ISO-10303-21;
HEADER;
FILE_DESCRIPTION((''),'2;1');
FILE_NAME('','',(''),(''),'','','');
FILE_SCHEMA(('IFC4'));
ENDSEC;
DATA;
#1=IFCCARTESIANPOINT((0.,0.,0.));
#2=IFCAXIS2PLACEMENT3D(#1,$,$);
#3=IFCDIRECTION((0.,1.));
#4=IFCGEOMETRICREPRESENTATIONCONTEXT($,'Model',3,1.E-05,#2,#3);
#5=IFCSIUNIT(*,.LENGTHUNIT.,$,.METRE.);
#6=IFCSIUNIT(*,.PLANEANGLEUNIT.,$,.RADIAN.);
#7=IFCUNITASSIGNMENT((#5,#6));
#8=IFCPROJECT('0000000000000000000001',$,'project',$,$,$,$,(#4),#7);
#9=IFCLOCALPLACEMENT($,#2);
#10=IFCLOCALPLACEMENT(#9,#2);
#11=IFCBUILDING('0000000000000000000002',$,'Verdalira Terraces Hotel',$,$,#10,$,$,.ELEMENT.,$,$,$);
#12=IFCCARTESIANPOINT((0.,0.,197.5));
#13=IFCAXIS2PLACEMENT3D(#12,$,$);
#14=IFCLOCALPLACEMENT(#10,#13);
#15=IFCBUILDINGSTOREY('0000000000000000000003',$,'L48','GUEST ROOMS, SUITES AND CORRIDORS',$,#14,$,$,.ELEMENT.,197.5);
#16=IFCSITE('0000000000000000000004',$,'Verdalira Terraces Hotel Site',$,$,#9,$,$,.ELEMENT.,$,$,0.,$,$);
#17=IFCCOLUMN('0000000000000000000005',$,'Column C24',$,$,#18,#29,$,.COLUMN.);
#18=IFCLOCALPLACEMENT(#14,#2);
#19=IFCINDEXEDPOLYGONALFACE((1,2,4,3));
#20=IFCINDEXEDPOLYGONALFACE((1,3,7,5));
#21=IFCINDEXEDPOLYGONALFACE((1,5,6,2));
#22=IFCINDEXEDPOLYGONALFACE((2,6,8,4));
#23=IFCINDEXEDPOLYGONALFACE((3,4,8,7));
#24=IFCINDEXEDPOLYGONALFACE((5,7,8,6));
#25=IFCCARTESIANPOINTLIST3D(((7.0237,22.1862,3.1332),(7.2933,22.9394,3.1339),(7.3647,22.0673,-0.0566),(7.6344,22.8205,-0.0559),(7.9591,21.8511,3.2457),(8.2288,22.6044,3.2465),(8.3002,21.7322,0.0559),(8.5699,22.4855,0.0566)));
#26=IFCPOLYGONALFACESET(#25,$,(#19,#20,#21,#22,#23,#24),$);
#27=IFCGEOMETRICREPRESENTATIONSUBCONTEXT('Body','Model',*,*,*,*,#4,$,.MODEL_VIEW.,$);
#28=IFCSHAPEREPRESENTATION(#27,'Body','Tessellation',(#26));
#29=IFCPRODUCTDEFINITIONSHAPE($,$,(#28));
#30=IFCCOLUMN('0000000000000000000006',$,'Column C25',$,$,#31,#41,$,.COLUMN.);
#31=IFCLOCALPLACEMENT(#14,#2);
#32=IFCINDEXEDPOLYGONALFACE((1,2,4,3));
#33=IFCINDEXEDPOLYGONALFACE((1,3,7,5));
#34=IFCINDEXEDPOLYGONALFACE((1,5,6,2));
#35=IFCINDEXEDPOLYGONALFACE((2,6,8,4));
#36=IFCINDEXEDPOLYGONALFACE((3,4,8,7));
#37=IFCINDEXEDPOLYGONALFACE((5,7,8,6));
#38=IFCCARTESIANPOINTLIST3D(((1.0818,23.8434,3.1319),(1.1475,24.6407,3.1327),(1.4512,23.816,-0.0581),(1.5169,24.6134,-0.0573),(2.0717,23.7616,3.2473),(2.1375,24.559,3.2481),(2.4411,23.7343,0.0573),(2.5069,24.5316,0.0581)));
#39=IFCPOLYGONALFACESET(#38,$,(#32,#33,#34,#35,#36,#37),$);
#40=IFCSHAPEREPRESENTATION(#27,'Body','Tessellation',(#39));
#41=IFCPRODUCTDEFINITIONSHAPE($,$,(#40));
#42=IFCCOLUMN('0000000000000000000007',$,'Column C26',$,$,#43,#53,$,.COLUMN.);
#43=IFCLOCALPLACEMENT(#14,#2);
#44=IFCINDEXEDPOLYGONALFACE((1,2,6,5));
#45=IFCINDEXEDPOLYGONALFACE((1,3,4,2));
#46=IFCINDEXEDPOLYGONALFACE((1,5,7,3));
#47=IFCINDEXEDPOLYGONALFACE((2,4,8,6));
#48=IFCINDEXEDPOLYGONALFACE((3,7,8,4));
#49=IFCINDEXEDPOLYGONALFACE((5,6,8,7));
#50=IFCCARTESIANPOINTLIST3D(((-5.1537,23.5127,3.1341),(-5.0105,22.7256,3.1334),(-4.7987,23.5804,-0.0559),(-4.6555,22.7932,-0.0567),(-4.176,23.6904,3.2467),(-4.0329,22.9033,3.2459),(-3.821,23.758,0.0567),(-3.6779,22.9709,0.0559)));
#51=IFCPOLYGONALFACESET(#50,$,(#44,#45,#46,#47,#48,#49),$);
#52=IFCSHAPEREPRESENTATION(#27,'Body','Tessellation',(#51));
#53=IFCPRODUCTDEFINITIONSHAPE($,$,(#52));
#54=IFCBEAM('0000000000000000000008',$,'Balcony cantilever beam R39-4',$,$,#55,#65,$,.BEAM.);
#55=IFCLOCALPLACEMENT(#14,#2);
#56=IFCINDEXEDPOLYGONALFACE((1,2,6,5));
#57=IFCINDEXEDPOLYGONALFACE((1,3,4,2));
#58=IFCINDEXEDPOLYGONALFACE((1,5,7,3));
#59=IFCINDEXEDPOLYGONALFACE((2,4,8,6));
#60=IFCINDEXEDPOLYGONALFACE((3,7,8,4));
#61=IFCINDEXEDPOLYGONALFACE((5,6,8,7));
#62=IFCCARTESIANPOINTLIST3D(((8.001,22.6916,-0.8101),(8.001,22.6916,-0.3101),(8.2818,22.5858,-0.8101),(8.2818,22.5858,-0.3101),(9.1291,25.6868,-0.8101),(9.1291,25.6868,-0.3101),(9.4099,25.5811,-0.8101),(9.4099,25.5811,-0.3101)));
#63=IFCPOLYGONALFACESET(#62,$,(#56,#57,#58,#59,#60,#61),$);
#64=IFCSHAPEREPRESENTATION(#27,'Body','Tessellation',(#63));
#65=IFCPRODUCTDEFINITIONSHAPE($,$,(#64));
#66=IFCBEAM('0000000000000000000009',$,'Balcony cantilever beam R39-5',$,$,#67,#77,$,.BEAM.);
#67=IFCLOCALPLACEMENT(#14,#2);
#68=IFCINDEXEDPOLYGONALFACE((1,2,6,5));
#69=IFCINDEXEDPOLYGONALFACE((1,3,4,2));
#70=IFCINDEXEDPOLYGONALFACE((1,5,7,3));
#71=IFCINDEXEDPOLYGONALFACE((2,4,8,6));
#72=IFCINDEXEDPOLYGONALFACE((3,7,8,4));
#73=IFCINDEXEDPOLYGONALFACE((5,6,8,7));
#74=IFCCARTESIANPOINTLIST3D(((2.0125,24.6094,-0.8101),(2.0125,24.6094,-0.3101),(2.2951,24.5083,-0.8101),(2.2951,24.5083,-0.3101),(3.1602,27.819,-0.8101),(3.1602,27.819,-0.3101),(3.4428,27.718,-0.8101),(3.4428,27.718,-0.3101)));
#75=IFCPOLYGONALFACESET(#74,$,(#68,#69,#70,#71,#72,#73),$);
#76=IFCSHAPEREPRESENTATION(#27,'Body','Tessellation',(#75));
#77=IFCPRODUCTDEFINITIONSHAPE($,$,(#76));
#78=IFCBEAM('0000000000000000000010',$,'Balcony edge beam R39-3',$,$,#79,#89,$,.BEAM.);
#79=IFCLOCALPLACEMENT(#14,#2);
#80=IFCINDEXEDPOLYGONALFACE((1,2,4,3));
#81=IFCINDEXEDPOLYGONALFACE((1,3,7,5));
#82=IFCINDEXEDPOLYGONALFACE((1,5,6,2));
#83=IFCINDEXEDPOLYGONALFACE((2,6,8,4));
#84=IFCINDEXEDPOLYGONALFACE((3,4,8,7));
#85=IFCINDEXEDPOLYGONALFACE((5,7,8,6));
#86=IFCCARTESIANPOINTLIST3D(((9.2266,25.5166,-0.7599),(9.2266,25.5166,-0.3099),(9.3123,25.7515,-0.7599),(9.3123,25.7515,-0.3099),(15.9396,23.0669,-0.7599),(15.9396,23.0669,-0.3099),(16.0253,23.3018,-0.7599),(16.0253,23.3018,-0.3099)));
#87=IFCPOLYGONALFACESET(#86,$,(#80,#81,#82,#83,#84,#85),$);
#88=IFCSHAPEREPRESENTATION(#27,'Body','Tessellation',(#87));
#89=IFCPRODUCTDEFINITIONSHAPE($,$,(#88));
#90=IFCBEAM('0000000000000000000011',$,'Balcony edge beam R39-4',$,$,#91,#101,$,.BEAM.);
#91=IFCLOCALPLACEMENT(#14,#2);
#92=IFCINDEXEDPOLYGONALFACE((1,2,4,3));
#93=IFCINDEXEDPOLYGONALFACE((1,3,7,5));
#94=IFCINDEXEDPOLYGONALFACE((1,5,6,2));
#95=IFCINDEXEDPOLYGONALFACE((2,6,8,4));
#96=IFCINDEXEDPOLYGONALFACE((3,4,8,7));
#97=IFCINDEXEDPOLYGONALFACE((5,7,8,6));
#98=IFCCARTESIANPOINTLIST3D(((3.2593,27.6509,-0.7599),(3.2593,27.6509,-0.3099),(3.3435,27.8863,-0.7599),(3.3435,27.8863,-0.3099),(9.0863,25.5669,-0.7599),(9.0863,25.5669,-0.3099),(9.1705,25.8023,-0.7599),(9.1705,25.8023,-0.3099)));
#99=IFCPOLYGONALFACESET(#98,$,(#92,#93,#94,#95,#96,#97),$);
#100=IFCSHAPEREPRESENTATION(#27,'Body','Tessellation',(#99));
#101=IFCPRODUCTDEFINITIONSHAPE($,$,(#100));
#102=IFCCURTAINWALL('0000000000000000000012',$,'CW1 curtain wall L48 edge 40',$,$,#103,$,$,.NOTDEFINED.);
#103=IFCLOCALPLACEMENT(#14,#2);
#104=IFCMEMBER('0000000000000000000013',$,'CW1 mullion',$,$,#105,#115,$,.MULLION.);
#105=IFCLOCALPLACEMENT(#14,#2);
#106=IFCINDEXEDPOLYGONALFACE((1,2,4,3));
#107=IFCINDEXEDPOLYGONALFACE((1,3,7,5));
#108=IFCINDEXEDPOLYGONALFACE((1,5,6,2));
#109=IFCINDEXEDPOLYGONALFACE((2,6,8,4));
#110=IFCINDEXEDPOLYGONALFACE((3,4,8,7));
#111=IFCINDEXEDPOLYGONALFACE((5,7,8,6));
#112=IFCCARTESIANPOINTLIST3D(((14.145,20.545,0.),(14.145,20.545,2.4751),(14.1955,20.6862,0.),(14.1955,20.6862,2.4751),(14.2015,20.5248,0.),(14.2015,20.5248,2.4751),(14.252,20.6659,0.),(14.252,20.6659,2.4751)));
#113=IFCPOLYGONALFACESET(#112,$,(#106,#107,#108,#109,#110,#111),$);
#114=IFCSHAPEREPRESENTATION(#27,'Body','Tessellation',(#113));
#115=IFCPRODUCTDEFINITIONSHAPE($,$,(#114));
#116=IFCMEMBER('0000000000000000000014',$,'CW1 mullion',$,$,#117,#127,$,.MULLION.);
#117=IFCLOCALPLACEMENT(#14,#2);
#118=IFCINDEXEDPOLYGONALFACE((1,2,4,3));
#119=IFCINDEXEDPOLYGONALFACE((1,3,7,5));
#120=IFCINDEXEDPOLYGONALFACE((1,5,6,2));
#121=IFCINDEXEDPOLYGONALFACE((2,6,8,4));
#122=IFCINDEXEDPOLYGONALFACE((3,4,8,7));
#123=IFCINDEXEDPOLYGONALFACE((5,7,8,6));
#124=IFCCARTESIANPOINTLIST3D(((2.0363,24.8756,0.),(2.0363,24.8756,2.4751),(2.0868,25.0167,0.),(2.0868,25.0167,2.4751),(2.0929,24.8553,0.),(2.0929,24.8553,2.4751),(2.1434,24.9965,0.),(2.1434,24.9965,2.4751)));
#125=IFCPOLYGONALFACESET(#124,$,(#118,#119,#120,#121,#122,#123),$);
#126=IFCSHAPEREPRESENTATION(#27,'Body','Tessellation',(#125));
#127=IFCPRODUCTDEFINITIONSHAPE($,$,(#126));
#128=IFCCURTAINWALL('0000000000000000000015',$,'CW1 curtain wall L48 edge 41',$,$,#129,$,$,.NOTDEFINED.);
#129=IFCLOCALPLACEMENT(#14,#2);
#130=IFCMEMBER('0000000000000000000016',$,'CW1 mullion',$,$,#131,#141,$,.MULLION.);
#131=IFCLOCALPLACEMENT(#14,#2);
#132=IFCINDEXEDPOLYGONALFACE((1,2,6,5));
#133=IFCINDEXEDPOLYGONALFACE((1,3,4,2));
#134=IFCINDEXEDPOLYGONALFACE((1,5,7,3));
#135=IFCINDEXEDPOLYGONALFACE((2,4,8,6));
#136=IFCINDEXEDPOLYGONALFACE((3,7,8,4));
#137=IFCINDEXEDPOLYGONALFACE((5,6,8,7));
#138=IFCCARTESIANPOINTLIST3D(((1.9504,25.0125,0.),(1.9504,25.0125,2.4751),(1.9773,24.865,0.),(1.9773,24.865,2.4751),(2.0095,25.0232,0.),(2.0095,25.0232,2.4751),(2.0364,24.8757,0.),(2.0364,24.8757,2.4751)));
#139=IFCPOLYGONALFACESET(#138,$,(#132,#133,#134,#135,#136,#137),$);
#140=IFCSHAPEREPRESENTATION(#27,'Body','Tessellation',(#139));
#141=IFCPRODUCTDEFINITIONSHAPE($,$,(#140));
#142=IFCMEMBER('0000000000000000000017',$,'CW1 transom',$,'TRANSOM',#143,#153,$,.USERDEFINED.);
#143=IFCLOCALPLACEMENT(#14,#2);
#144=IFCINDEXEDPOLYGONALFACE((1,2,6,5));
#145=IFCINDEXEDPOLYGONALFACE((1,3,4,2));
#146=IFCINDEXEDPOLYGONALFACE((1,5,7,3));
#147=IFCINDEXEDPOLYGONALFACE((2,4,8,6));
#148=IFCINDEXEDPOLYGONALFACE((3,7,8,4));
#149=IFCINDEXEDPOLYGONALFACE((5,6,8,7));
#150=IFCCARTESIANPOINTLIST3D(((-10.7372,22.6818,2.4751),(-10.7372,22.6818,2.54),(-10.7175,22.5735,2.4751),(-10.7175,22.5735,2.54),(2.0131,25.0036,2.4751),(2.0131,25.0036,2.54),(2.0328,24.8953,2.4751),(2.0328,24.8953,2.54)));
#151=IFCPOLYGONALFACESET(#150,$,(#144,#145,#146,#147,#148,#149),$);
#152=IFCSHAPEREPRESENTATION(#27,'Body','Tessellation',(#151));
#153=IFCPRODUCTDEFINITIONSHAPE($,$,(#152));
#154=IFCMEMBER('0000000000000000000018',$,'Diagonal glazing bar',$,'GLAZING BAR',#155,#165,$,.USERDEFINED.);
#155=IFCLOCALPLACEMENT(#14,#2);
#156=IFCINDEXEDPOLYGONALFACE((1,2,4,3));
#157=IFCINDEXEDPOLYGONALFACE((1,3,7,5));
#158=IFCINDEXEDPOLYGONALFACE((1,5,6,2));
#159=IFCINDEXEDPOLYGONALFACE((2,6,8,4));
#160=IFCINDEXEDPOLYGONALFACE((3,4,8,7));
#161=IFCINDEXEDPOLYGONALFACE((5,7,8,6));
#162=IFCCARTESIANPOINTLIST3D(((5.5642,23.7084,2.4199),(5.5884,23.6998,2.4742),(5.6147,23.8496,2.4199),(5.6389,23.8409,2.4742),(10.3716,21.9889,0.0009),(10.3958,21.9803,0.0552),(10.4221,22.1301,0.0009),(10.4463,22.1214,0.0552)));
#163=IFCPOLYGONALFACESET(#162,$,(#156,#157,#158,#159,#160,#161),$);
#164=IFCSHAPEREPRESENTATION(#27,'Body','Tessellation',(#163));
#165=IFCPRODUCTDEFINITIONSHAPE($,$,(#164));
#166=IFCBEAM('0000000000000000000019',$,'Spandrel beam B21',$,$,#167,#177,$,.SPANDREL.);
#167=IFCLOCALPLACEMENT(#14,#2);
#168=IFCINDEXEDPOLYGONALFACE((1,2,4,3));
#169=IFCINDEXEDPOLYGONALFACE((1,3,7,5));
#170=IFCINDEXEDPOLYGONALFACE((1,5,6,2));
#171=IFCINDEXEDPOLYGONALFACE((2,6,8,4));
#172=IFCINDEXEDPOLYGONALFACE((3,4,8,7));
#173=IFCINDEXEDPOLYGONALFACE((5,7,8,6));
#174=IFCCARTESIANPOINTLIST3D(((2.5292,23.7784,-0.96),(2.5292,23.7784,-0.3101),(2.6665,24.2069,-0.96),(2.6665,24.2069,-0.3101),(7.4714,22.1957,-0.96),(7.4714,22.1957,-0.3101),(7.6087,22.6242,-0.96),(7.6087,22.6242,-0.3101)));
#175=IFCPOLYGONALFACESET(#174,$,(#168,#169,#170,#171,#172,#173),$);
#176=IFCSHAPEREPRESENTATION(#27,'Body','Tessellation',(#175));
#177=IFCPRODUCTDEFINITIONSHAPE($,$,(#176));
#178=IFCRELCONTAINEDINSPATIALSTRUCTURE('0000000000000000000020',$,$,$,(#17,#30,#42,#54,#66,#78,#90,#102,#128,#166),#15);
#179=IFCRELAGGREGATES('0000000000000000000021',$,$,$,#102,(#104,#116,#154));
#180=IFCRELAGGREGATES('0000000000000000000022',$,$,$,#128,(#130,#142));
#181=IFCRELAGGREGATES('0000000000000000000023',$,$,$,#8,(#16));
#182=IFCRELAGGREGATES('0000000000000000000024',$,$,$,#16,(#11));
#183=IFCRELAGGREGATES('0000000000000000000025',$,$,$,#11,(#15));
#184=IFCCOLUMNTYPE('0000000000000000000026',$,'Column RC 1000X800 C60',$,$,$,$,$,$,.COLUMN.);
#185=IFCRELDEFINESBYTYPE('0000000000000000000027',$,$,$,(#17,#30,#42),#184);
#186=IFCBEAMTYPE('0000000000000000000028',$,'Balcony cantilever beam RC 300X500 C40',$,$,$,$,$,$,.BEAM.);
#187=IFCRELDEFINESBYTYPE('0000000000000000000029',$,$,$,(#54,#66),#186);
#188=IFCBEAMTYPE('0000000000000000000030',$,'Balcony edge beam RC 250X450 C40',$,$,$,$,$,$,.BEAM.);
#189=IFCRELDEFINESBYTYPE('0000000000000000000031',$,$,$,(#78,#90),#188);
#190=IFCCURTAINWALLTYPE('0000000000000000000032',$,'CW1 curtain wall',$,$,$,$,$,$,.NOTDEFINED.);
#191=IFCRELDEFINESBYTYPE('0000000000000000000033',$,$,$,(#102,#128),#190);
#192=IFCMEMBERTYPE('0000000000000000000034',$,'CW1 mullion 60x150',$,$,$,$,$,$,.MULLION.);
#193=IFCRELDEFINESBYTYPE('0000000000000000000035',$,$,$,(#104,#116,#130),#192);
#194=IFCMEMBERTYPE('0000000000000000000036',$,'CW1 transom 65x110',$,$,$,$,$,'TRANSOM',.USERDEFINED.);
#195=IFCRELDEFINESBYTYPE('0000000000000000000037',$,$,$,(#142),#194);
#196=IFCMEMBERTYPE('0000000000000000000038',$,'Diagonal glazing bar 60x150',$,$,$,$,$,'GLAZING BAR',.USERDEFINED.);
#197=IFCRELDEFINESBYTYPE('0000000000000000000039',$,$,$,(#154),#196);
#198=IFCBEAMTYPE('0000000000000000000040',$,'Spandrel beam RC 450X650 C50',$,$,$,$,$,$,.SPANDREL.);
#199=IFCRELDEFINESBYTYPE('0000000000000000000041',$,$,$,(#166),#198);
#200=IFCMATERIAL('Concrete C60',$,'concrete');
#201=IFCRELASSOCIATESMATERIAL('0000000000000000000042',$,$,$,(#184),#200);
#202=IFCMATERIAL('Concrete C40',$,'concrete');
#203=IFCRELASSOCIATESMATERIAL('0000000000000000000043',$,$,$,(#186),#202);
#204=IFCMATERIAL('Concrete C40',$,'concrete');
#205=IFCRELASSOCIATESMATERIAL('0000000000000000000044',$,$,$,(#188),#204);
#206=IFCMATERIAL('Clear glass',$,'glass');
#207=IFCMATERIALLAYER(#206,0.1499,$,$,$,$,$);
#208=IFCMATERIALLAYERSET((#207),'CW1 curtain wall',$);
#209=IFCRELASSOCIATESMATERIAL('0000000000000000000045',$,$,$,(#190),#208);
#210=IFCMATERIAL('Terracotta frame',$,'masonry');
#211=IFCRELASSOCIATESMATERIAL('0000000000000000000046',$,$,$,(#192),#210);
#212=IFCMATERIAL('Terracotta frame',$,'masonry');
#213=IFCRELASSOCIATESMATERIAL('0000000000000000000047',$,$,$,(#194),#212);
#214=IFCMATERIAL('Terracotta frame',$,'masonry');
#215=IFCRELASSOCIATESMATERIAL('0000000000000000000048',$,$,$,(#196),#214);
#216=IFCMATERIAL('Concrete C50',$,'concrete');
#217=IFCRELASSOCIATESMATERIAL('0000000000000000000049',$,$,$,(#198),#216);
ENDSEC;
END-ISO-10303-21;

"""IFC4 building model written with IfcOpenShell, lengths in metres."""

from ifc_helpers import new_model, si_unit, direction, frame, origin, origin_2d, place, context, subcontext, project, spatial, rectangle, extrude, material, layer, layer_set, material_profile, profile_set, type_object, element, aggregate, save


model = new_model("IFC4")

# Units and contexts
model_context = context("Model", 3, precision=1e-05, world=origin(), true_north=direction((0.0, 1.0)))
body_context = subcontext(model_context, "Body", "Model", "MODEL_VIEW")
ifc_project = project(units=[si_unit("LENGTHUNIT", "METRE"), si_unit("PLANEANGLEUNIT", "RADIAN")], contexts=[model_context])

# Site, building, storey
site_placement = place(None, origin())
site = spatial("IfcSite", under=ifc_project, at=site_placement, Name="Verdalira Terraces Hotel Site", CompositionType="ELEMENT", RefElevation=0.0)
building_placement = place(site_placement, origin())
building = spatial("IfcBuilding", under=site, at=building_placement, Name="Verdalira Terraces Hotel", CompositionType="ELEMENT")
storey_placement = place(building_placement, frame((0.0, 0.0, 197.5)))
storey = spatial("IfcBuildingStorey", under=building, at=storey_placement, Name="L48", Description="GUEST ROOMS, SUITES AND CORRIDORS", CompositionType="ELEMENT", Elevation=197.5)

# Columns
ifc_material_1 = material(Name="Concrete C60", Category="concrete")
ifc_material_profile_1 = material_profile(ifc_material_1, rectangle(XDim=1.0, YDim=0.8, at=origin_2d()), Name="RC 1000X800")
ifc_profile_set_1 = profile_set([ifc_material_profile_1], Name="Concrete C60")
column_type = type_object("IfcColumnType", Name="Column RC 1000X800 C60", PredefinedType="COLUMN", material=ifc_profile_set_1)
column_1_placement = place(storey_placement, frame((7.9673, 22.2764, 0.0), z_axis=(-0.10624, 0.037036, 0.993651), x_axis=(-0.935464, 0.335036, -0.112506)))
element("IfcColumn", 1, at=column_1_placement, inside=storey, type_object=column_type, Name="Column C24", PredefinedType="COLUMN", context=body_context, shape_type="SweptSolid", body=[
    extrude(rectangle(XDim=1.0, YDim=0.8, at=origin_2d()), origin(), (0.0, 0.0, 1.0), 3.2102),
])
column_2_placement = place(storey_placement, frame((1.979, 24.1738, 0.0), z_axis=(-0.115024, 0.008515, 0.993326), x_axis=(0.989958, -0.081738, 0.115335)))
element("IfcColumn", 2, at=column_2_placement, inside=storey, type_object=column_type, Name="Column C25", PredefinedType="COLUMN", context=body_context, shape_type="SweptSolid", body=[
    extrude(rectangle(XDim=1.0, YDim=0.8, at=origin_2d()), origin(), (0.0, 0.0, 1.0), 3.2114),
])
column_3_placement = place(storey_placement, frame((-4.2383, 23.2756, 0.0), z_axis=(-0.110574, -0.021065, 0.993645), x_axis=(-0.977633, -0.177665, -0.112559)))
element("IfcColumn", 3, at=column_3_placement, inside=storey, type_object=column_type, Name="Column C26", PredefinedType="COLUMN", context=body_context, shape_type="SweptSolid", body=[
    extrude(rectangle(XDim=1.0, YDim=0.8, at=origin_2d()), origin(), (0.0, 0.0, 1.0), 3.2104),
])

# Beams
ifc_material_2 = material(Name="Concrete C40", Category="concrete")
ifc_material_profile_2 = material_profile(ifc_material_2, rectangle(XDim=0.3, YDim=0.5, at=origin_2d()), Name="RC 300X500")
ifc_profile_set_2 = profile_set([ifc_material_profile_2], Name="Concrete C40")
beam_type_1 = type_object("IfcBeamType", Name="Balcony cantilever beam RC 300X500 C40", PredefinedType="BEAM", material=ifc_profile_set_2)
beam_1_placement = place(storey_placement, frame((8.1414, 22.6387, -0.5601), z_axis=(0.352469, 0.935824, 0.0), x_axis=(-0.935824, 0.352469, 0.0)))
element("IfcBeam", 4, at=beam_1_placement, inside=storey, type_object=beam_type_1, Name="Balcony cantilever beam R39-4", PredefinedType="BEAM", context=body_context, shape_type="SweptSolid", body=[
    extrude(rectangle(XDim=0.3, YDim=0.5, at=origin_2d()), origin(), (0.0, 0.0, 1.0), 3.2007),
])
beam_2_placement = place(storey_placement, frame((2.1538, 24.5588, -0.5601), z_axis=(0.336695, 0.941614, 0.0), x_axis=(-0.941614, 0.336695, 0.0)))
element("IfcBeam", 5, at=beam_2_placement, inside=storey, type_object=beam_type_1, Name="Balcony cantilever beam R39-5", PredefinedType="BEAM", context=body_context, shape_type="SweptSolid", body=[
    extrude(rectangle(XDim=0.3, YDim=0.5, at=origin_2d()), origin(), (0.0, 0.0, 1.0), 3.4087),
])
ifc_material_3 = material(Name="Concrete C40", Category="concrete")
ifc_material_profile_3 = material_profile(ifc_material_3, rectangle(XDim=0.25, YDim=0.45, at=origin_2d()), Name="RC 250X450")
ifc_profile_set_3 = profile_set([ifc_material_profile_3], Name="Concrete C40")
beam_type_2 = type_object("IfcBeamType", Name="Balcony edge beam RC 250X450 C40", PredefinedType="BEAM", material=ifc_profile_set_3)
beam_3_placement = place(storey_placement, frame((15.9824, 23.1843, -0.5349), z_axis=(-0.939404, 0.342813, 0.0), x_axis=(-0.342813, -0.939404, 0.0)))
element("IfcBeam", 6, at=beam_3_placement, inside=storey, type_object=beam_type_2, Name="Balcony edge beam R39-3", PredefinedType="BEAM", context=body_context, shape_type="SweptSolid", body=[
    extrude(rectangle(XDim=0.25, YDim=0.45, at=origin_2d()), origin(), (0.0, 0.0, 1.0), 7.146),
])
beam_4_placement = place(storey_placement, frame((9.1284, 25.6846, -0.5349), z_axis=(-0.941591, 0.336759, 0.0), x_axis=(-0.336759, -0.941591, 0.0)))
element("IfcBeam", 7, at=beam_4_placement, inside=storey, type_object=beam_type_2, Name="Balcony edge beam R39-4", PredefinedType="BEAM", context=body_context, shape_type="SweptSolid", body=[
    extrude(rectangle(XDim=0.25, YDim=0.45, at=origin_2d()), origin(), (0.0, 0.0, 1.0), 6.1885),
])

# Curtain walls, members
ifc_material_4 = material(Name="Clear glass", Category="glass")
ifc_layer_1 = layer(ifc_material_4, 0.1499)
ifc_layer_set_1 = layer_set([ifc_layer_1], Name="CW1 curtain wall")
curtain_wall_type = type_object("IfcCurtainWallType", Name="CW1 curtain wall", PredefinedType="NOTDEFINED", material=ifc_layer_set_1)
curtain_wall_1_placement = place(storey_placement, origin())
curtain_wall_1 = element("IfcCurtainWall", 8, at=curtain_wall_1_placement, inside=storey, type_object=curtain_wall_type, Name="CW1 curtain wall L48 edge 40", PredefinedType="NOTDEFINED")
ifc_material_5 = material(Name="Terracotta frame", Category="masonry")
ifc_material_profile_4 = material_profile(ifc_material_5, rectangle(XDim=0.0601, YDim=0.1499, at=origin_2d()), Name="MU 60x150")
ifc_profile_set_4 = profile_set([ifc_material_profile_4], Name="Terracotta frame")
member_type_1 = type_object("IfcMemberType", Name="CW1 mullion 60x150", PredefinedType="MULLION", material=ifc_profile_set_4)
member_1_placement = place(storey_placement, frame((14.1985, 20.6055, 0.0), z_axis=(0.0, 0.0, 1.0), x_axis=(-0.941588, 0.336767, 0.0)))
member_1 = element("IfcMember", 9, at=member_1_placement, type_object=member_type_1, Name="CW1 mullion", PredefinedType="MULLION", context=body_context, shape_type="SweptSolid", body=[
    extrude(rectangle(XDim=0.0601, YDim=0.1499, at=origin_2d()), origin(), (0.0, 0.0, 1.0), 2.4751),
])
member_2_placement = place(storey_placement, frame((2.0898, 24.936, 0.0), z_axis=(0.0, 0.0, 1.0), x_axis=(-0.941588, 0.336767, 0.0)))
member_2 = element("IfcMember", 10, at=member_2_placement, type_object=member_type_1, Name="CW1 mullion", PredefinedType="MULLION", context=body_context, shape_type="SweptSolid", body=[
    extrude(rectangle(XDim=0.0601, YDim=0.1499, at=origin_2d()), origin(), (0.0, 0.0, 1.0), 2.4751),
])
curtain_wall_2_placement = place(storey_placement, origin())
curtain_wall_2 = element("IfcCurtainWall", 11, at=curtain_wall_2_placement, inside=storey, type_object=curtain_wall_type, Name="CW1 curtain wall L48 edge 41", PredefinedType="NOTDEFINED")
member_3_placement = place(storey_placement, frame((1.9934, 24.9441, 0.0), z_axis=(0.0, 0.0, 1.0), x_axis=(-0.983823, -0.179146, 0.0)))
member_3 = element("IfcMember", 12, at=member_3_placement, type_object=member_type_1, Name="CW1 mullion", PredefinedType="MULLION", context=body_context, shape_type="SweptSolid", body=[
    extrude(rectangle(XDim=0.0601, YDim=0.1499, at=origin_2d()), origin(), (0.0, 0.0, 1.0), 2.4751),
])
ifc_material_6 = material(Name="Terracotta frame", Category="masonry")
ifc_material_profile_5 = material_profile(ifc_material_6, rectangle(XDim=0.1101, YDim=0.0649, at=origin_2d()), Name="TR 65x110")
ifc_profile_set_5 = profile_set([ifc_material_profile_5], Name="Terracotta frame")
member_type_2 = type_object("IfcMemberType", Name="CW1 transom 65x110", ElementType="TRANSOM", PredefinedType="USERDEFINED", material=ifc_profile_set_5)
member_4_placement = place(storey_placement, frame((2.0229, 24.9495, 2.5076), z_axis=(-0.983822, -0.179151, 0.0), x_axis=(0.179151, -0.983822, 0.0)))
member_4 = element("IfcMember", 13, at=member_4_placement, type_object=member_type_2, Name="CW1 transom", ObjectType="TRANSOM", PredefinedType="USERDEFINED", context=body_context, shape_type="SweptSolid", body=[
    extrude(rectangle(XDim=0.1101, YDim=0.0649, at=origin_2d()), origin(), (0.0, 0.0, 1.0), 12.96),
])

# Member
ifc_material_7 = material(Name="Terracotta frame", Category="masonry")
ifc_material_profile_6 = material_profile(ifc_material_7, rectangle(XDim=0.1499, YDim=0.0601, at=origin_2d()), Name="GB 60x150")
ifc_profile_set_6 = profile_set([ifc_material_profile_6], Name="Terracotta frame")
member_type_3 = type_object("IfcMemberType", Name="Diagonal glazing bar 60x150", ElementType="GLAZING BAR", PredefinedType="USERDEFINED", material=ifc_profile_set_6)
member_5_placement = place(storey_placement, frame((10.4089, 22.0552, 0.0281), z_axis=(-0.850912, 0.304351, 0.428157), x_axis=(-0.336782, -0.941583, 0.0)))
member_5 = element("IfcMember", 14, at=member_5_placement, type_object=member_type_3, Name="Diagonal glazing bar", ObjectType="GLAZING BAR", PredefinedType="USERDEFINED", context=body_context, shape_type="SweptSolid", body=[
    extrude(rectangle(XDim=0.1499, YDim=0.0601, at=origin_2d()), origin(), (0.0, 0.0, 1.0), 5.6497),
])

# Beam
ifc_material_8 = material(Name="Concrete C50", Category="concrete")
ifc_material_profile_7 = material_profile(ifc_material_8, rectangle(XDim=0.45, YDim=0.6499, at=origin_2d()), Name="RC 450X650")
ifc_profile_set_7 = profile_set([ifc_material_profile_7], Name="Concrete C50")
beam_type_3 = type_object("IfcBeamType", Name="Spandrel beam RC 450X650 C50", PredefinedType="SPANDREL", material=ifc_profile_set_7)
beam_5_placement = place(storey_placement, frame((7.54, 22.4099, -0.635), z_axis=(-0.952353, 0.304999, 0.0), x_axis=(-0.304999, -0.952353, 0.0)))
element("IfcBeam", 15, at=beam_5_placement, inside=storey, type_object=beam_type_3, Name="Spandrel beam B21", PredefinedType="SPANDREL", context=body_context, shape_type="SweptSolid", body=[
    extrude(rectangle(XDim=0.45, YDim=0.6499, at=origin_2d()), origin(), (0.0, 0.0, 1.0), 5.1895),
])

aggregate(curtain_wall_1, [member_1, member_2, member_5])
aggregate(curtain_wall_2, [member_3, member_4])

save(model, "model.ifc")
